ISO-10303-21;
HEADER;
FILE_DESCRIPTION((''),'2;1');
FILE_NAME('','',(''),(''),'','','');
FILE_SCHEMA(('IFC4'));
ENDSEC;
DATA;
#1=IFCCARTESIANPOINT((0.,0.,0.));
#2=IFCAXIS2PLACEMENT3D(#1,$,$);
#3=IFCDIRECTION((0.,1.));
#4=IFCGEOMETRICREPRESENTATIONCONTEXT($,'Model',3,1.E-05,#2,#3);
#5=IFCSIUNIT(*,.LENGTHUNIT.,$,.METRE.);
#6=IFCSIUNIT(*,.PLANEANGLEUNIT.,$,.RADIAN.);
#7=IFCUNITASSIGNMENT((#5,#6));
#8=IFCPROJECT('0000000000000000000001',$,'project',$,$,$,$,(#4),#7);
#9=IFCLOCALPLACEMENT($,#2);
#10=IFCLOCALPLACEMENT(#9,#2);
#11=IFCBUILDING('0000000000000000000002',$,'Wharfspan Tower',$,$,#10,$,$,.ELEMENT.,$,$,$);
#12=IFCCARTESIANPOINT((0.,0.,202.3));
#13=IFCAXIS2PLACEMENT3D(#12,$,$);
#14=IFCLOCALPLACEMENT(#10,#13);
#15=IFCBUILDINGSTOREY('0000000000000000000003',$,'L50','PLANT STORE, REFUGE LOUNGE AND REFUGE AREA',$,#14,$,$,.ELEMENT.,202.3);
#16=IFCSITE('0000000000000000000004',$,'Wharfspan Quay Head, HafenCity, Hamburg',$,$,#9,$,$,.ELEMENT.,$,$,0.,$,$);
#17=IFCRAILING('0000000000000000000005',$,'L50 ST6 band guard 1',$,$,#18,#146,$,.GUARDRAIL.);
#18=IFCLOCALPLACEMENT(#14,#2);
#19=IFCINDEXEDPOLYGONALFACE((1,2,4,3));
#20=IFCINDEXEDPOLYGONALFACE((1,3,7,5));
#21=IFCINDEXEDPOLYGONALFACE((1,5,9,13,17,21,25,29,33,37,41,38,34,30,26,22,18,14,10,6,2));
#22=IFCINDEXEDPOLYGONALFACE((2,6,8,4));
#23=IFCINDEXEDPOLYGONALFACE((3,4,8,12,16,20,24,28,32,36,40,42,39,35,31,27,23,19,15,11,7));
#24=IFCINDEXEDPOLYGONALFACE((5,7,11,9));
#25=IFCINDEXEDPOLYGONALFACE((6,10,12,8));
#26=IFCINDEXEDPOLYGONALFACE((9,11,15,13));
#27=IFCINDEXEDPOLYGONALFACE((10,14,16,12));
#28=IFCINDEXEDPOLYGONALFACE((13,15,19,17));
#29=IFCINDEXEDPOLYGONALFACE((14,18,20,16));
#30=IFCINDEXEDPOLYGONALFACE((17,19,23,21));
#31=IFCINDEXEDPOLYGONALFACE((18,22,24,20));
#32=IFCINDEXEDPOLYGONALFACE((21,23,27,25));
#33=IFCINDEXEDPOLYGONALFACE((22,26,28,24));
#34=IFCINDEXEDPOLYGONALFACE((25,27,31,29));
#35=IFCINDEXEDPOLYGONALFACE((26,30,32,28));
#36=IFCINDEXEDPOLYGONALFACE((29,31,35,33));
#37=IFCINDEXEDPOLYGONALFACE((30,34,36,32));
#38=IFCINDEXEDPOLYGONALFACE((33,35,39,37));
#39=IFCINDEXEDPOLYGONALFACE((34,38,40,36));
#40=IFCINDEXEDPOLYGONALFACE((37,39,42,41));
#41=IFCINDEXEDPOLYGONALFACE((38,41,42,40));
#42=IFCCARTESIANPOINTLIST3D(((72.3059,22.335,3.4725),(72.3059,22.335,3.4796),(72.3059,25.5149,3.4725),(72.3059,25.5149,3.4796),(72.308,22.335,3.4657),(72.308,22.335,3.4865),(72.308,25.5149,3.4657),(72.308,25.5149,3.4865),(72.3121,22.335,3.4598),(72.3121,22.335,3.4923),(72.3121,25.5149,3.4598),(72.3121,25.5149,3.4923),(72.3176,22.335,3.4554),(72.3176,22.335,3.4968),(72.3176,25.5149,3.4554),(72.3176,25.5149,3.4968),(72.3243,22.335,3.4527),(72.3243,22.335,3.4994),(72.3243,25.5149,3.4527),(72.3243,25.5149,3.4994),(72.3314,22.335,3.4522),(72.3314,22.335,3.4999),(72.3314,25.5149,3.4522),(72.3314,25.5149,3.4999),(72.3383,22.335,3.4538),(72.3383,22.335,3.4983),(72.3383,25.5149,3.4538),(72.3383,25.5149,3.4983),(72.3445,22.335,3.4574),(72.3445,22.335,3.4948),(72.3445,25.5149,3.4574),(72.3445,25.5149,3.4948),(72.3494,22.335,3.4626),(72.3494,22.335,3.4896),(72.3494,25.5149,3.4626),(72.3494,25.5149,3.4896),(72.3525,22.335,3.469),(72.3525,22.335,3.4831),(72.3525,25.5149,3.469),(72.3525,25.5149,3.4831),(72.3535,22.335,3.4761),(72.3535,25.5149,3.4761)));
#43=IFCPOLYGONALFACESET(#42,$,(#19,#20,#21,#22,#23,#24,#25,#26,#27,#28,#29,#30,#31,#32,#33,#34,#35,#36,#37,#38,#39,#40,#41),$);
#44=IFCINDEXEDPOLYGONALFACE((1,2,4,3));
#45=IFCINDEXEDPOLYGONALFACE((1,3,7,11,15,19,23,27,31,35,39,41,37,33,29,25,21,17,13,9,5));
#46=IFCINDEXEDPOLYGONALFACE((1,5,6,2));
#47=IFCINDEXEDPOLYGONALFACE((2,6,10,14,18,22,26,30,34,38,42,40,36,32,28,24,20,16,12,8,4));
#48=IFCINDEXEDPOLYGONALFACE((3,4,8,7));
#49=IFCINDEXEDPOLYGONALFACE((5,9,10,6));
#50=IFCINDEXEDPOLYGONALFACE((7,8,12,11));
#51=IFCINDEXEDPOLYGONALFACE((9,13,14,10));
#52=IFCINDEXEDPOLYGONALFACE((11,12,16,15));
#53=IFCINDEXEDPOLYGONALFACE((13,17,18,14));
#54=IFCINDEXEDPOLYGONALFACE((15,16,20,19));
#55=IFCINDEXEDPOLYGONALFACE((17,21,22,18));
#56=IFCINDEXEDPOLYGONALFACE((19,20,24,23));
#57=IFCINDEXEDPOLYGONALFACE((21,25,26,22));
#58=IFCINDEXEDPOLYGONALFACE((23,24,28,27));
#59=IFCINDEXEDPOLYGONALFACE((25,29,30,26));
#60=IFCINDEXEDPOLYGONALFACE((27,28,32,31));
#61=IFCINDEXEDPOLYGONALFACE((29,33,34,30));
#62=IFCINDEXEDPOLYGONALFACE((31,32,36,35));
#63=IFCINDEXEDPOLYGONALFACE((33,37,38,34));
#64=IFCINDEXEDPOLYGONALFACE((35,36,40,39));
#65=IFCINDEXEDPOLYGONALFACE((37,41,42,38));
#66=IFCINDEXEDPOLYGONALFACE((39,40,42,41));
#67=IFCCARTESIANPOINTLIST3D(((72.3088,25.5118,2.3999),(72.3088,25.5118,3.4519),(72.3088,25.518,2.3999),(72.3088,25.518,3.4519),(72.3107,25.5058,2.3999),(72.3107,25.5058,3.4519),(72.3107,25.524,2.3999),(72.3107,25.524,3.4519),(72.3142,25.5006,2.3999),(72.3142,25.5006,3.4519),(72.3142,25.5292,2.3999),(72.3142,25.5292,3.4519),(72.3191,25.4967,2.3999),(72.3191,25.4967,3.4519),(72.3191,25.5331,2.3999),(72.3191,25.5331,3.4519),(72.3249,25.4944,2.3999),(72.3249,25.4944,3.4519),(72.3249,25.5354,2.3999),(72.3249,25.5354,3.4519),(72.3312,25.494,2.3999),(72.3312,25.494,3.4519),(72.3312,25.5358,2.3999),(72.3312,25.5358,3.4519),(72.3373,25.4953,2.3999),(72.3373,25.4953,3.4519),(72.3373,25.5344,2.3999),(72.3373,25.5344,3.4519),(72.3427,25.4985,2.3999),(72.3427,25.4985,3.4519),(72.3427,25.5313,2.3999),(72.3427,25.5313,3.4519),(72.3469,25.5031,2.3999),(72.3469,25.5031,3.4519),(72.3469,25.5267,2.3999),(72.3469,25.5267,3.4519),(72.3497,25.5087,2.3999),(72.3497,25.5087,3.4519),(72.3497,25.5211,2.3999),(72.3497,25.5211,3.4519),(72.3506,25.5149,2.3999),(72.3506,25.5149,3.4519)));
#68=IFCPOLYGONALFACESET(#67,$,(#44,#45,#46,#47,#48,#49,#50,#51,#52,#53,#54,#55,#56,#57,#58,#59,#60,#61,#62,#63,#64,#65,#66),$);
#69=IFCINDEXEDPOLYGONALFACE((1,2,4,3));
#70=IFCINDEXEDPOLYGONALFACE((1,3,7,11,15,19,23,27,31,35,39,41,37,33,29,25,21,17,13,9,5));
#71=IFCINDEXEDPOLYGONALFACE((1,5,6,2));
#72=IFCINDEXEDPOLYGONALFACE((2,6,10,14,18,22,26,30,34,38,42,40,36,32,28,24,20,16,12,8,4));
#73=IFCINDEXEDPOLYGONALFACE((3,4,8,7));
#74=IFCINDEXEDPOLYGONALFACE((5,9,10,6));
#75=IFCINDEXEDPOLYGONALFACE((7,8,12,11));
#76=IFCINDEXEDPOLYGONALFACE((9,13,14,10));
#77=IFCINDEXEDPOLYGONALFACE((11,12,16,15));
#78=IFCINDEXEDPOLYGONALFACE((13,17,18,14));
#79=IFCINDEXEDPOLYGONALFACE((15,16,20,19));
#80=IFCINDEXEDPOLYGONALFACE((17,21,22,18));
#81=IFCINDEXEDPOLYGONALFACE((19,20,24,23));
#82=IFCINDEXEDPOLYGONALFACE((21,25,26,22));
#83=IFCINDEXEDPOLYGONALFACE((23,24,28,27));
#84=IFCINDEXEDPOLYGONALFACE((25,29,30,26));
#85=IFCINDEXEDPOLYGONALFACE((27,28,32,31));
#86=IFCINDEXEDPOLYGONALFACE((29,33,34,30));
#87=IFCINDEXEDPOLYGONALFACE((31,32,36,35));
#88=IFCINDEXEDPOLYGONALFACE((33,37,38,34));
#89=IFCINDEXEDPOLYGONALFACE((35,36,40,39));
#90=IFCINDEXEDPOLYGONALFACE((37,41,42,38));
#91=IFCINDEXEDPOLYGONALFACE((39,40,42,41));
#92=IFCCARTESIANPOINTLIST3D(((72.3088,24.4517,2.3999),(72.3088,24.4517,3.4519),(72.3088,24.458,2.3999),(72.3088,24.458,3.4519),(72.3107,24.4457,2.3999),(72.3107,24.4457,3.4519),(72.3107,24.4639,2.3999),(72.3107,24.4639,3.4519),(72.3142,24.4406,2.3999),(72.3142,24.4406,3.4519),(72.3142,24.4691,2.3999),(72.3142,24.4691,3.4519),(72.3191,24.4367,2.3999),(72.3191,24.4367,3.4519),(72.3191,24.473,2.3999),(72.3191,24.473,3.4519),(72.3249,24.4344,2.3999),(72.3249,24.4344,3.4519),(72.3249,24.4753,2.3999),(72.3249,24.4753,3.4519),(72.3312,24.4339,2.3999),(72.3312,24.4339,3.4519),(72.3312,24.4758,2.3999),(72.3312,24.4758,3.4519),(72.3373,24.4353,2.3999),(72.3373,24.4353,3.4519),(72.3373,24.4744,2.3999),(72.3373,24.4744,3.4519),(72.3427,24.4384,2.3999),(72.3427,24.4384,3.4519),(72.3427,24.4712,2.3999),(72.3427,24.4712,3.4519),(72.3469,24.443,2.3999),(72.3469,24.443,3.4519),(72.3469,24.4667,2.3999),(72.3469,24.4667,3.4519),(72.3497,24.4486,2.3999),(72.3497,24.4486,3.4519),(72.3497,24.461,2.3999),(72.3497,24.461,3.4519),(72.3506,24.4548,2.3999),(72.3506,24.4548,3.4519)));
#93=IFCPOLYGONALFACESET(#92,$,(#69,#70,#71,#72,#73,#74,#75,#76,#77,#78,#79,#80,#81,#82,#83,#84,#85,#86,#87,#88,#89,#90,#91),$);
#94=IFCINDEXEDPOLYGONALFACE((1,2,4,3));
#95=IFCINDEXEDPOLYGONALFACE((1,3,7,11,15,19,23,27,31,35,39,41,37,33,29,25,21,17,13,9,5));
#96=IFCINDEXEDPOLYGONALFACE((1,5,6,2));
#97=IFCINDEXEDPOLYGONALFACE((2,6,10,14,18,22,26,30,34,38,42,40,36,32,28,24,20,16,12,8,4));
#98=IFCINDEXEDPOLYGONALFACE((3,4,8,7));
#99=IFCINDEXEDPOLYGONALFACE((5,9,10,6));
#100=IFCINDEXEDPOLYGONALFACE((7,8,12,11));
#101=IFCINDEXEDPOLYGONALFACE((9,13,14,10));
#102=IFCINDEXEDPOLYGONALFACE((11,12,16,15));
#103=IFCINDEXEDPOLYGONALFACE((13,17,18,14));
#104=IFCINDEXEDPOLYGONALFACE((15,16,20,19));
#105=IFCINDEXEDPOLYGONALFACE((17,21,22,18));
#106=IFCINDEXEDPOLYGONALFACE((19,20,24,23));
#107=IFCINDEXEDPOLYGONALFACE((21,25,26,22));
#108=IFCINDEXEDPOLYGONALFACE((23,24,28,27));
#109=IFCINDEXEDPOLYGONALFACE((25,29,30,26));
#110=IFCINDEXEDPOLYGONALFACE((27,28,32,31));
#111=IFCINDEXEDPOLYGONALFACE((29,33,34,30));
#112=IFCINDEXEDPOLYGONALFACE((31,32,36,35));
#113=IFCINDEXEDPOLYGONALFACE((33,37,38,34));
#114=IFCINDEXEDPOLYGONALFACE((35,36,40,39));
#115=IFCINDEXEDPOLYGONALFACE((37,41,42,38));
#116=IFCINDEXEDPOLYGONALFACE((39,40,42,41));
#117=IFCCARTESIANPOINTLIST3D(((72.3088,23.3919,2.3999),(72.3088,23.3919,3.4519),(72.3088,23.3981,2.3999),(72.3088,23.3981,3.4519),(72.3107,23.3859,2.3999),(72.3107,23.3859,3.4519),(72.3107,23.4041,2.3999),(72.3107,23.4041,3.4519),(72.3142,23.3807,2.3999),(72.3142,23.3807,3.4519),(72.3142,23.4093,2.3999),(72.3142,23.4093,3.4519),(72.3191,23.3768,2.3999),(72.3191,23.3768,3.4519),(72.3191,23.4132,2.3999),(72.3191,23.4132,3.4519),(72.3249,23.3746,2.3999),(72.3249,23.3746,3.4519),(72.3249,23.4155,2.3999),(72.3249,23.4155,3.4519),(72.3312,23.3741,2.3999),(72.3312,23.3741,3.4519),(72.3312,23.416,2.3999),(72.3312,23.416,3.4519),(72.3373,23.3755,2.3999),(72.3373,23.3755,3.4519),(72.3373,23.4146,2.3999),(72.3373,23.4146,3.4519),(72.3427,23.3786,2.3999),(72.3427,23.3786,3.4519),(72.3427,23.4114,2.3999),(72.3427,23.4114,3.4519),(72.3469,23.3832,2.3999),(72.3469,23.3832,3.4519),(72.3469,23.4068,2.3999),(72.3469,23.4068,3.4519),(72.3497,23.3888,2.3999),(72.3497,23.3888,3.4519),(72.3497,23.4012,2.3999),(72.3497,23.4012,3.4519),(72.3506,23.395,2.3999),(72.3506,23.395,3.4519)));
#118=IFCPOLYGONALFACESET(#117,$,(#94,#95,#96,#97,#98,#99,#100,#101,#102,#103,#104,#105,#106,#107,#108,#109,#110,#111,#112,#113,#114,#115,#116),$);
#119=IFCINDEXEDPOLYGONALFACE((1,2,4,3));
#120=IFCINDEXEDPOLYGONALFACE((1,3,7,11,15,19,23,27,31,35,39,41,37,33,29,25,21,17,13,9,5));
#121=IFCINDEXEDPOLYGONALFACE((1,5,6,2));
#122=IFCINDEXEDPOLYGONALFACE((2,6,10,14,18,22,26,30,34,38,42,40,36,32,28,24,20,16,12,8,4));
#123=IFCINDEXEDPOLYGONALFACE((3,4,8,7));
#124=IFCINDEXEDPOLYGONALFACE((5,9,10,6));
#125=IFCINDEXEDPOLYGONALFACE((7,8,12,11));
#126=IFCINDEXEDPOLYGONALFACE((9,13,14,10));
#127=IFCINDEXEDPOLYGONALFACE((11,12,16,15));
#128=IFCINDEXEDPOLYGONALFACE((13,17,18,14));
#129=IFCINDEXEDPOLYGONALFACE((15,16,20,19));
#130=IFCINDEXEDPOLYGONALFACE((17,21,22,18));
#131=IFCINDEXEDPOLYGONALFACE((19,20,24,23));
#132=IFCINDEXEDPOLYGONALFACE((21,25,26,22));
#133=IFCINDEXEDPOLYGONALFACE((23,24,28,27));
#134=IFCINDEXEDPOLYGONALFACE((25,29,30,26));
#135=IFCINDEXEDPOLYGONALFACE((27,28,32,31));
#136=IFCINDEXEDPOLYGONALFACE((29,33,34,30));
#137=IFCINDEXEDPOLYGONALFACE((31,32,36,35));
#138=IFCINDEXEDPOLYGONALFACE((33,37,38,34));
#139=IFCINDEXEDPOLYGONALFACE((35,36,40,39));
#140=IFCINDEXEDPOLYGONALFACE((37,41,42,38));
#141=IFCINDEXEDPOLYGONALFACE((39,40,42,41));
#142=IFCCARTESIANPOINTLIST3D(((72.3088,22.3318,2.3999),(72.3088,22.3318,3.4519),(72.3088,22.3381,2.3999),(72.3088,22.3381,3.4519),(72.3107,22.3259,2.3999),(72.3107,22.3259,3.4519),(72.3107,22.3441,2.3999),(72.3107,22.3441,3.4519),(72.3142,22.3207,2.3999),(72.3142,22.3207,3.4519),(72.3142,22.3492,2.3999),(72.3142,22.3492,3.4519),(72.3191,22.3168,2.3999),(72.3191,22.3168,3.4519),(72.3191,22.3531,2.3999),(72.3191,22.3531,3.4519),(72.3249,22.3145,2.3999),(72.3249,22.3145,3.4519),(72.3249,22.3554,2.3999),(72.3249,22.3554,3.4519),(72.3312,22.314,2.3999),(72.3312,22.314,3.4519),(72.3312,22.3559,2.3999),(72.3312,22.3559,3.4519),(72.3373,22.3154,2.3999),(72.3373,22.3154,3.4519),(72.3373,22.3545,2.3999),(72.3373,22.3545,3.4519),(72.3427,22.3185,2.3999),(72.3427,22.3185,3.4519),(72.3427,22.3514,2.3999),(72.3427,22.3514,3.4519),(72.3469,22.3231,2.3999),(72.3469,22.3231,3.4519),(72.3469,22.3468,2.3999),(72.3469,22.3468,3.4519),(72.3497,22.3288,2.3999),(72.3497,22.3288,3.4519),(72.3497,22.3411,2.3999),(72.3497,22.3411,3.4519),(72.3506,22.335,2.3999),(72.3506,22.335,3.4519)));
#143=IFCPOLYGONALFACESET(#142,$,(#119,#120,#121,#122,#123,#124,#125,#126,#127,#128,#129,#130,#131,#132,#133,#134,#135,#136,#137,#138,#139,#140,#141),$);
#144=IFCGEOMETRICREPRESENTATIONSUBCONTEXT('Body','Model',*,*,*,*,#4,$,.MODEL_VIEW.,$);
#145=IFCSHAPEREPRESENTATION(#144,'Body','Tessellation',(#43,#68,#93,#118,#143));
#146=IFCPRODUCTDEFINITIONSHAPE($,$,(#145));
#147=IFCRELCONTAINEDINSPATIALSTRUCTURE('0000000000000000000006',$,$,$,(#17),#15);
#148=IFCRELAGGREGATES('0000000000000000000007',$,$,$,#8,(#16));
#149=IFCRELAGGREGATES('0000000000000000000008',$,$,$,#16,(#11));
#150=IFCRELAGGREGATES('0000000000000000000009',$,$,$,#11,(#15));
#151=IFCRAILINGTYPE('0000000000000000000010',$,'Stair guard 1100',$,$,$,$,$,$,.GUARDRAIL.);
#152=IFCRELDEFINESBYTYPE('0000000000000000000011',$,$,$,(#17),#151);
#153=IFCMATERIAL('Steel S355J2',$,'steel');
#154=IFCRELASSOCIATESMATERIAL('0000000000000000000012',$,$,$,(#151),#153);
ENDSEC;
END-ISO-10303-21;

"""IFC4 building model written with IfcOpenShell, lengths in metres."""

from ifc_helpers import new_model, si_unit, direction, frame, origin, origin_2d, place, context, subcontext, project, spatial, circle, extrude, material, type_object, element, save


model = new_model("IFC4")

# Units and contexts
model_context = context("Model", 3, precision=1e-05, world=origin(), true_north=direction((0.0, 1.0)))
body_context = subcontext(model_context, "Body", "Model", "MODEL_VIEW")
ifc_project = project(units=[si_unit("LENGTHUNIT", "METRE"), si_unit("PLANEANGLEUNIT", "RADIAN")], contexts=[model_context])

# Site, building, storey
site_placement = place(None, origin())
site = spatial("IfcSite", under=ifc_project, at=site_placement, Name="Wharfspan Quay Head, HafenCity, Hamburg", CompositionType="ELEMENT", RefElevation=0.0)
building_placement = place(site_placement, origin())
building = spatial("IfcBuilding", under=site, at=building_placement, Name="Wharfspan Tower", CompositionType="ELEMENT")
storey_placement = place(building_placement, frame((0.0, 0.0, 202.3)))
storey = spatial("IfcBuildingStorey", under=building, at=storey_placement, Name="L50", Description="PLANT STORE, REFUGE LOUNGE AND REFUGE AREA", CompositionType="ELEMENT", Elevation=202.3)

# Shared definitions
ifc_material_1 = material(Name="Steel S355J2", Category="steel")

# Railing
railing_type_1 = type_object("IfcRailingType", Name="Stair guard 1100", PredefinedType="GUARDRAIL", material=ifc_material_1)
railing_1_placement = place(storey_placement, frame((72.3296, 25.5149, 2.3999)))
element("IfcRailing", 1, at=railing_1_placement, inside=storey, type_object=railing_type_1, Name="L50 ST6 band guard 1", PredefinedType="GUARDRAIL", context=body_context, shape_type="SweptSolid", body=[
    extrude(circle(Radius=0.0239, at=origin_2d()), frame((0.0, 0.0, 1.0762), z_axis=(0.0, -1.0, 0.0), x_axis=(1.0, 0.0, 0.0)), (0.0, 0.0, 1.0), 3.1799),
    extrude(circle(Radius=0.021, at=origin_2d()), origin(), (0.0, 0.0, 1.0), 1.052),
    extrude(circle(Radius=0.021, at=origin_2d()), frame((0.0, -1.0601, 0.0)), (0.0, 0.0, 1.0), 1.052),
    extrude(circle(Radius=0.021, at=origin_2d()), frame((0.0, -2.1199, 0.0)), (0.0, 0.0, 1.0), 1.052),
    extrude(circle(Radius=0.021, at=origin_2d()), frame((0.0, -3.1799, 0.0)), (0.0, 0.0, 1.0), 1.052),
])

save(model, "model.ifc")
